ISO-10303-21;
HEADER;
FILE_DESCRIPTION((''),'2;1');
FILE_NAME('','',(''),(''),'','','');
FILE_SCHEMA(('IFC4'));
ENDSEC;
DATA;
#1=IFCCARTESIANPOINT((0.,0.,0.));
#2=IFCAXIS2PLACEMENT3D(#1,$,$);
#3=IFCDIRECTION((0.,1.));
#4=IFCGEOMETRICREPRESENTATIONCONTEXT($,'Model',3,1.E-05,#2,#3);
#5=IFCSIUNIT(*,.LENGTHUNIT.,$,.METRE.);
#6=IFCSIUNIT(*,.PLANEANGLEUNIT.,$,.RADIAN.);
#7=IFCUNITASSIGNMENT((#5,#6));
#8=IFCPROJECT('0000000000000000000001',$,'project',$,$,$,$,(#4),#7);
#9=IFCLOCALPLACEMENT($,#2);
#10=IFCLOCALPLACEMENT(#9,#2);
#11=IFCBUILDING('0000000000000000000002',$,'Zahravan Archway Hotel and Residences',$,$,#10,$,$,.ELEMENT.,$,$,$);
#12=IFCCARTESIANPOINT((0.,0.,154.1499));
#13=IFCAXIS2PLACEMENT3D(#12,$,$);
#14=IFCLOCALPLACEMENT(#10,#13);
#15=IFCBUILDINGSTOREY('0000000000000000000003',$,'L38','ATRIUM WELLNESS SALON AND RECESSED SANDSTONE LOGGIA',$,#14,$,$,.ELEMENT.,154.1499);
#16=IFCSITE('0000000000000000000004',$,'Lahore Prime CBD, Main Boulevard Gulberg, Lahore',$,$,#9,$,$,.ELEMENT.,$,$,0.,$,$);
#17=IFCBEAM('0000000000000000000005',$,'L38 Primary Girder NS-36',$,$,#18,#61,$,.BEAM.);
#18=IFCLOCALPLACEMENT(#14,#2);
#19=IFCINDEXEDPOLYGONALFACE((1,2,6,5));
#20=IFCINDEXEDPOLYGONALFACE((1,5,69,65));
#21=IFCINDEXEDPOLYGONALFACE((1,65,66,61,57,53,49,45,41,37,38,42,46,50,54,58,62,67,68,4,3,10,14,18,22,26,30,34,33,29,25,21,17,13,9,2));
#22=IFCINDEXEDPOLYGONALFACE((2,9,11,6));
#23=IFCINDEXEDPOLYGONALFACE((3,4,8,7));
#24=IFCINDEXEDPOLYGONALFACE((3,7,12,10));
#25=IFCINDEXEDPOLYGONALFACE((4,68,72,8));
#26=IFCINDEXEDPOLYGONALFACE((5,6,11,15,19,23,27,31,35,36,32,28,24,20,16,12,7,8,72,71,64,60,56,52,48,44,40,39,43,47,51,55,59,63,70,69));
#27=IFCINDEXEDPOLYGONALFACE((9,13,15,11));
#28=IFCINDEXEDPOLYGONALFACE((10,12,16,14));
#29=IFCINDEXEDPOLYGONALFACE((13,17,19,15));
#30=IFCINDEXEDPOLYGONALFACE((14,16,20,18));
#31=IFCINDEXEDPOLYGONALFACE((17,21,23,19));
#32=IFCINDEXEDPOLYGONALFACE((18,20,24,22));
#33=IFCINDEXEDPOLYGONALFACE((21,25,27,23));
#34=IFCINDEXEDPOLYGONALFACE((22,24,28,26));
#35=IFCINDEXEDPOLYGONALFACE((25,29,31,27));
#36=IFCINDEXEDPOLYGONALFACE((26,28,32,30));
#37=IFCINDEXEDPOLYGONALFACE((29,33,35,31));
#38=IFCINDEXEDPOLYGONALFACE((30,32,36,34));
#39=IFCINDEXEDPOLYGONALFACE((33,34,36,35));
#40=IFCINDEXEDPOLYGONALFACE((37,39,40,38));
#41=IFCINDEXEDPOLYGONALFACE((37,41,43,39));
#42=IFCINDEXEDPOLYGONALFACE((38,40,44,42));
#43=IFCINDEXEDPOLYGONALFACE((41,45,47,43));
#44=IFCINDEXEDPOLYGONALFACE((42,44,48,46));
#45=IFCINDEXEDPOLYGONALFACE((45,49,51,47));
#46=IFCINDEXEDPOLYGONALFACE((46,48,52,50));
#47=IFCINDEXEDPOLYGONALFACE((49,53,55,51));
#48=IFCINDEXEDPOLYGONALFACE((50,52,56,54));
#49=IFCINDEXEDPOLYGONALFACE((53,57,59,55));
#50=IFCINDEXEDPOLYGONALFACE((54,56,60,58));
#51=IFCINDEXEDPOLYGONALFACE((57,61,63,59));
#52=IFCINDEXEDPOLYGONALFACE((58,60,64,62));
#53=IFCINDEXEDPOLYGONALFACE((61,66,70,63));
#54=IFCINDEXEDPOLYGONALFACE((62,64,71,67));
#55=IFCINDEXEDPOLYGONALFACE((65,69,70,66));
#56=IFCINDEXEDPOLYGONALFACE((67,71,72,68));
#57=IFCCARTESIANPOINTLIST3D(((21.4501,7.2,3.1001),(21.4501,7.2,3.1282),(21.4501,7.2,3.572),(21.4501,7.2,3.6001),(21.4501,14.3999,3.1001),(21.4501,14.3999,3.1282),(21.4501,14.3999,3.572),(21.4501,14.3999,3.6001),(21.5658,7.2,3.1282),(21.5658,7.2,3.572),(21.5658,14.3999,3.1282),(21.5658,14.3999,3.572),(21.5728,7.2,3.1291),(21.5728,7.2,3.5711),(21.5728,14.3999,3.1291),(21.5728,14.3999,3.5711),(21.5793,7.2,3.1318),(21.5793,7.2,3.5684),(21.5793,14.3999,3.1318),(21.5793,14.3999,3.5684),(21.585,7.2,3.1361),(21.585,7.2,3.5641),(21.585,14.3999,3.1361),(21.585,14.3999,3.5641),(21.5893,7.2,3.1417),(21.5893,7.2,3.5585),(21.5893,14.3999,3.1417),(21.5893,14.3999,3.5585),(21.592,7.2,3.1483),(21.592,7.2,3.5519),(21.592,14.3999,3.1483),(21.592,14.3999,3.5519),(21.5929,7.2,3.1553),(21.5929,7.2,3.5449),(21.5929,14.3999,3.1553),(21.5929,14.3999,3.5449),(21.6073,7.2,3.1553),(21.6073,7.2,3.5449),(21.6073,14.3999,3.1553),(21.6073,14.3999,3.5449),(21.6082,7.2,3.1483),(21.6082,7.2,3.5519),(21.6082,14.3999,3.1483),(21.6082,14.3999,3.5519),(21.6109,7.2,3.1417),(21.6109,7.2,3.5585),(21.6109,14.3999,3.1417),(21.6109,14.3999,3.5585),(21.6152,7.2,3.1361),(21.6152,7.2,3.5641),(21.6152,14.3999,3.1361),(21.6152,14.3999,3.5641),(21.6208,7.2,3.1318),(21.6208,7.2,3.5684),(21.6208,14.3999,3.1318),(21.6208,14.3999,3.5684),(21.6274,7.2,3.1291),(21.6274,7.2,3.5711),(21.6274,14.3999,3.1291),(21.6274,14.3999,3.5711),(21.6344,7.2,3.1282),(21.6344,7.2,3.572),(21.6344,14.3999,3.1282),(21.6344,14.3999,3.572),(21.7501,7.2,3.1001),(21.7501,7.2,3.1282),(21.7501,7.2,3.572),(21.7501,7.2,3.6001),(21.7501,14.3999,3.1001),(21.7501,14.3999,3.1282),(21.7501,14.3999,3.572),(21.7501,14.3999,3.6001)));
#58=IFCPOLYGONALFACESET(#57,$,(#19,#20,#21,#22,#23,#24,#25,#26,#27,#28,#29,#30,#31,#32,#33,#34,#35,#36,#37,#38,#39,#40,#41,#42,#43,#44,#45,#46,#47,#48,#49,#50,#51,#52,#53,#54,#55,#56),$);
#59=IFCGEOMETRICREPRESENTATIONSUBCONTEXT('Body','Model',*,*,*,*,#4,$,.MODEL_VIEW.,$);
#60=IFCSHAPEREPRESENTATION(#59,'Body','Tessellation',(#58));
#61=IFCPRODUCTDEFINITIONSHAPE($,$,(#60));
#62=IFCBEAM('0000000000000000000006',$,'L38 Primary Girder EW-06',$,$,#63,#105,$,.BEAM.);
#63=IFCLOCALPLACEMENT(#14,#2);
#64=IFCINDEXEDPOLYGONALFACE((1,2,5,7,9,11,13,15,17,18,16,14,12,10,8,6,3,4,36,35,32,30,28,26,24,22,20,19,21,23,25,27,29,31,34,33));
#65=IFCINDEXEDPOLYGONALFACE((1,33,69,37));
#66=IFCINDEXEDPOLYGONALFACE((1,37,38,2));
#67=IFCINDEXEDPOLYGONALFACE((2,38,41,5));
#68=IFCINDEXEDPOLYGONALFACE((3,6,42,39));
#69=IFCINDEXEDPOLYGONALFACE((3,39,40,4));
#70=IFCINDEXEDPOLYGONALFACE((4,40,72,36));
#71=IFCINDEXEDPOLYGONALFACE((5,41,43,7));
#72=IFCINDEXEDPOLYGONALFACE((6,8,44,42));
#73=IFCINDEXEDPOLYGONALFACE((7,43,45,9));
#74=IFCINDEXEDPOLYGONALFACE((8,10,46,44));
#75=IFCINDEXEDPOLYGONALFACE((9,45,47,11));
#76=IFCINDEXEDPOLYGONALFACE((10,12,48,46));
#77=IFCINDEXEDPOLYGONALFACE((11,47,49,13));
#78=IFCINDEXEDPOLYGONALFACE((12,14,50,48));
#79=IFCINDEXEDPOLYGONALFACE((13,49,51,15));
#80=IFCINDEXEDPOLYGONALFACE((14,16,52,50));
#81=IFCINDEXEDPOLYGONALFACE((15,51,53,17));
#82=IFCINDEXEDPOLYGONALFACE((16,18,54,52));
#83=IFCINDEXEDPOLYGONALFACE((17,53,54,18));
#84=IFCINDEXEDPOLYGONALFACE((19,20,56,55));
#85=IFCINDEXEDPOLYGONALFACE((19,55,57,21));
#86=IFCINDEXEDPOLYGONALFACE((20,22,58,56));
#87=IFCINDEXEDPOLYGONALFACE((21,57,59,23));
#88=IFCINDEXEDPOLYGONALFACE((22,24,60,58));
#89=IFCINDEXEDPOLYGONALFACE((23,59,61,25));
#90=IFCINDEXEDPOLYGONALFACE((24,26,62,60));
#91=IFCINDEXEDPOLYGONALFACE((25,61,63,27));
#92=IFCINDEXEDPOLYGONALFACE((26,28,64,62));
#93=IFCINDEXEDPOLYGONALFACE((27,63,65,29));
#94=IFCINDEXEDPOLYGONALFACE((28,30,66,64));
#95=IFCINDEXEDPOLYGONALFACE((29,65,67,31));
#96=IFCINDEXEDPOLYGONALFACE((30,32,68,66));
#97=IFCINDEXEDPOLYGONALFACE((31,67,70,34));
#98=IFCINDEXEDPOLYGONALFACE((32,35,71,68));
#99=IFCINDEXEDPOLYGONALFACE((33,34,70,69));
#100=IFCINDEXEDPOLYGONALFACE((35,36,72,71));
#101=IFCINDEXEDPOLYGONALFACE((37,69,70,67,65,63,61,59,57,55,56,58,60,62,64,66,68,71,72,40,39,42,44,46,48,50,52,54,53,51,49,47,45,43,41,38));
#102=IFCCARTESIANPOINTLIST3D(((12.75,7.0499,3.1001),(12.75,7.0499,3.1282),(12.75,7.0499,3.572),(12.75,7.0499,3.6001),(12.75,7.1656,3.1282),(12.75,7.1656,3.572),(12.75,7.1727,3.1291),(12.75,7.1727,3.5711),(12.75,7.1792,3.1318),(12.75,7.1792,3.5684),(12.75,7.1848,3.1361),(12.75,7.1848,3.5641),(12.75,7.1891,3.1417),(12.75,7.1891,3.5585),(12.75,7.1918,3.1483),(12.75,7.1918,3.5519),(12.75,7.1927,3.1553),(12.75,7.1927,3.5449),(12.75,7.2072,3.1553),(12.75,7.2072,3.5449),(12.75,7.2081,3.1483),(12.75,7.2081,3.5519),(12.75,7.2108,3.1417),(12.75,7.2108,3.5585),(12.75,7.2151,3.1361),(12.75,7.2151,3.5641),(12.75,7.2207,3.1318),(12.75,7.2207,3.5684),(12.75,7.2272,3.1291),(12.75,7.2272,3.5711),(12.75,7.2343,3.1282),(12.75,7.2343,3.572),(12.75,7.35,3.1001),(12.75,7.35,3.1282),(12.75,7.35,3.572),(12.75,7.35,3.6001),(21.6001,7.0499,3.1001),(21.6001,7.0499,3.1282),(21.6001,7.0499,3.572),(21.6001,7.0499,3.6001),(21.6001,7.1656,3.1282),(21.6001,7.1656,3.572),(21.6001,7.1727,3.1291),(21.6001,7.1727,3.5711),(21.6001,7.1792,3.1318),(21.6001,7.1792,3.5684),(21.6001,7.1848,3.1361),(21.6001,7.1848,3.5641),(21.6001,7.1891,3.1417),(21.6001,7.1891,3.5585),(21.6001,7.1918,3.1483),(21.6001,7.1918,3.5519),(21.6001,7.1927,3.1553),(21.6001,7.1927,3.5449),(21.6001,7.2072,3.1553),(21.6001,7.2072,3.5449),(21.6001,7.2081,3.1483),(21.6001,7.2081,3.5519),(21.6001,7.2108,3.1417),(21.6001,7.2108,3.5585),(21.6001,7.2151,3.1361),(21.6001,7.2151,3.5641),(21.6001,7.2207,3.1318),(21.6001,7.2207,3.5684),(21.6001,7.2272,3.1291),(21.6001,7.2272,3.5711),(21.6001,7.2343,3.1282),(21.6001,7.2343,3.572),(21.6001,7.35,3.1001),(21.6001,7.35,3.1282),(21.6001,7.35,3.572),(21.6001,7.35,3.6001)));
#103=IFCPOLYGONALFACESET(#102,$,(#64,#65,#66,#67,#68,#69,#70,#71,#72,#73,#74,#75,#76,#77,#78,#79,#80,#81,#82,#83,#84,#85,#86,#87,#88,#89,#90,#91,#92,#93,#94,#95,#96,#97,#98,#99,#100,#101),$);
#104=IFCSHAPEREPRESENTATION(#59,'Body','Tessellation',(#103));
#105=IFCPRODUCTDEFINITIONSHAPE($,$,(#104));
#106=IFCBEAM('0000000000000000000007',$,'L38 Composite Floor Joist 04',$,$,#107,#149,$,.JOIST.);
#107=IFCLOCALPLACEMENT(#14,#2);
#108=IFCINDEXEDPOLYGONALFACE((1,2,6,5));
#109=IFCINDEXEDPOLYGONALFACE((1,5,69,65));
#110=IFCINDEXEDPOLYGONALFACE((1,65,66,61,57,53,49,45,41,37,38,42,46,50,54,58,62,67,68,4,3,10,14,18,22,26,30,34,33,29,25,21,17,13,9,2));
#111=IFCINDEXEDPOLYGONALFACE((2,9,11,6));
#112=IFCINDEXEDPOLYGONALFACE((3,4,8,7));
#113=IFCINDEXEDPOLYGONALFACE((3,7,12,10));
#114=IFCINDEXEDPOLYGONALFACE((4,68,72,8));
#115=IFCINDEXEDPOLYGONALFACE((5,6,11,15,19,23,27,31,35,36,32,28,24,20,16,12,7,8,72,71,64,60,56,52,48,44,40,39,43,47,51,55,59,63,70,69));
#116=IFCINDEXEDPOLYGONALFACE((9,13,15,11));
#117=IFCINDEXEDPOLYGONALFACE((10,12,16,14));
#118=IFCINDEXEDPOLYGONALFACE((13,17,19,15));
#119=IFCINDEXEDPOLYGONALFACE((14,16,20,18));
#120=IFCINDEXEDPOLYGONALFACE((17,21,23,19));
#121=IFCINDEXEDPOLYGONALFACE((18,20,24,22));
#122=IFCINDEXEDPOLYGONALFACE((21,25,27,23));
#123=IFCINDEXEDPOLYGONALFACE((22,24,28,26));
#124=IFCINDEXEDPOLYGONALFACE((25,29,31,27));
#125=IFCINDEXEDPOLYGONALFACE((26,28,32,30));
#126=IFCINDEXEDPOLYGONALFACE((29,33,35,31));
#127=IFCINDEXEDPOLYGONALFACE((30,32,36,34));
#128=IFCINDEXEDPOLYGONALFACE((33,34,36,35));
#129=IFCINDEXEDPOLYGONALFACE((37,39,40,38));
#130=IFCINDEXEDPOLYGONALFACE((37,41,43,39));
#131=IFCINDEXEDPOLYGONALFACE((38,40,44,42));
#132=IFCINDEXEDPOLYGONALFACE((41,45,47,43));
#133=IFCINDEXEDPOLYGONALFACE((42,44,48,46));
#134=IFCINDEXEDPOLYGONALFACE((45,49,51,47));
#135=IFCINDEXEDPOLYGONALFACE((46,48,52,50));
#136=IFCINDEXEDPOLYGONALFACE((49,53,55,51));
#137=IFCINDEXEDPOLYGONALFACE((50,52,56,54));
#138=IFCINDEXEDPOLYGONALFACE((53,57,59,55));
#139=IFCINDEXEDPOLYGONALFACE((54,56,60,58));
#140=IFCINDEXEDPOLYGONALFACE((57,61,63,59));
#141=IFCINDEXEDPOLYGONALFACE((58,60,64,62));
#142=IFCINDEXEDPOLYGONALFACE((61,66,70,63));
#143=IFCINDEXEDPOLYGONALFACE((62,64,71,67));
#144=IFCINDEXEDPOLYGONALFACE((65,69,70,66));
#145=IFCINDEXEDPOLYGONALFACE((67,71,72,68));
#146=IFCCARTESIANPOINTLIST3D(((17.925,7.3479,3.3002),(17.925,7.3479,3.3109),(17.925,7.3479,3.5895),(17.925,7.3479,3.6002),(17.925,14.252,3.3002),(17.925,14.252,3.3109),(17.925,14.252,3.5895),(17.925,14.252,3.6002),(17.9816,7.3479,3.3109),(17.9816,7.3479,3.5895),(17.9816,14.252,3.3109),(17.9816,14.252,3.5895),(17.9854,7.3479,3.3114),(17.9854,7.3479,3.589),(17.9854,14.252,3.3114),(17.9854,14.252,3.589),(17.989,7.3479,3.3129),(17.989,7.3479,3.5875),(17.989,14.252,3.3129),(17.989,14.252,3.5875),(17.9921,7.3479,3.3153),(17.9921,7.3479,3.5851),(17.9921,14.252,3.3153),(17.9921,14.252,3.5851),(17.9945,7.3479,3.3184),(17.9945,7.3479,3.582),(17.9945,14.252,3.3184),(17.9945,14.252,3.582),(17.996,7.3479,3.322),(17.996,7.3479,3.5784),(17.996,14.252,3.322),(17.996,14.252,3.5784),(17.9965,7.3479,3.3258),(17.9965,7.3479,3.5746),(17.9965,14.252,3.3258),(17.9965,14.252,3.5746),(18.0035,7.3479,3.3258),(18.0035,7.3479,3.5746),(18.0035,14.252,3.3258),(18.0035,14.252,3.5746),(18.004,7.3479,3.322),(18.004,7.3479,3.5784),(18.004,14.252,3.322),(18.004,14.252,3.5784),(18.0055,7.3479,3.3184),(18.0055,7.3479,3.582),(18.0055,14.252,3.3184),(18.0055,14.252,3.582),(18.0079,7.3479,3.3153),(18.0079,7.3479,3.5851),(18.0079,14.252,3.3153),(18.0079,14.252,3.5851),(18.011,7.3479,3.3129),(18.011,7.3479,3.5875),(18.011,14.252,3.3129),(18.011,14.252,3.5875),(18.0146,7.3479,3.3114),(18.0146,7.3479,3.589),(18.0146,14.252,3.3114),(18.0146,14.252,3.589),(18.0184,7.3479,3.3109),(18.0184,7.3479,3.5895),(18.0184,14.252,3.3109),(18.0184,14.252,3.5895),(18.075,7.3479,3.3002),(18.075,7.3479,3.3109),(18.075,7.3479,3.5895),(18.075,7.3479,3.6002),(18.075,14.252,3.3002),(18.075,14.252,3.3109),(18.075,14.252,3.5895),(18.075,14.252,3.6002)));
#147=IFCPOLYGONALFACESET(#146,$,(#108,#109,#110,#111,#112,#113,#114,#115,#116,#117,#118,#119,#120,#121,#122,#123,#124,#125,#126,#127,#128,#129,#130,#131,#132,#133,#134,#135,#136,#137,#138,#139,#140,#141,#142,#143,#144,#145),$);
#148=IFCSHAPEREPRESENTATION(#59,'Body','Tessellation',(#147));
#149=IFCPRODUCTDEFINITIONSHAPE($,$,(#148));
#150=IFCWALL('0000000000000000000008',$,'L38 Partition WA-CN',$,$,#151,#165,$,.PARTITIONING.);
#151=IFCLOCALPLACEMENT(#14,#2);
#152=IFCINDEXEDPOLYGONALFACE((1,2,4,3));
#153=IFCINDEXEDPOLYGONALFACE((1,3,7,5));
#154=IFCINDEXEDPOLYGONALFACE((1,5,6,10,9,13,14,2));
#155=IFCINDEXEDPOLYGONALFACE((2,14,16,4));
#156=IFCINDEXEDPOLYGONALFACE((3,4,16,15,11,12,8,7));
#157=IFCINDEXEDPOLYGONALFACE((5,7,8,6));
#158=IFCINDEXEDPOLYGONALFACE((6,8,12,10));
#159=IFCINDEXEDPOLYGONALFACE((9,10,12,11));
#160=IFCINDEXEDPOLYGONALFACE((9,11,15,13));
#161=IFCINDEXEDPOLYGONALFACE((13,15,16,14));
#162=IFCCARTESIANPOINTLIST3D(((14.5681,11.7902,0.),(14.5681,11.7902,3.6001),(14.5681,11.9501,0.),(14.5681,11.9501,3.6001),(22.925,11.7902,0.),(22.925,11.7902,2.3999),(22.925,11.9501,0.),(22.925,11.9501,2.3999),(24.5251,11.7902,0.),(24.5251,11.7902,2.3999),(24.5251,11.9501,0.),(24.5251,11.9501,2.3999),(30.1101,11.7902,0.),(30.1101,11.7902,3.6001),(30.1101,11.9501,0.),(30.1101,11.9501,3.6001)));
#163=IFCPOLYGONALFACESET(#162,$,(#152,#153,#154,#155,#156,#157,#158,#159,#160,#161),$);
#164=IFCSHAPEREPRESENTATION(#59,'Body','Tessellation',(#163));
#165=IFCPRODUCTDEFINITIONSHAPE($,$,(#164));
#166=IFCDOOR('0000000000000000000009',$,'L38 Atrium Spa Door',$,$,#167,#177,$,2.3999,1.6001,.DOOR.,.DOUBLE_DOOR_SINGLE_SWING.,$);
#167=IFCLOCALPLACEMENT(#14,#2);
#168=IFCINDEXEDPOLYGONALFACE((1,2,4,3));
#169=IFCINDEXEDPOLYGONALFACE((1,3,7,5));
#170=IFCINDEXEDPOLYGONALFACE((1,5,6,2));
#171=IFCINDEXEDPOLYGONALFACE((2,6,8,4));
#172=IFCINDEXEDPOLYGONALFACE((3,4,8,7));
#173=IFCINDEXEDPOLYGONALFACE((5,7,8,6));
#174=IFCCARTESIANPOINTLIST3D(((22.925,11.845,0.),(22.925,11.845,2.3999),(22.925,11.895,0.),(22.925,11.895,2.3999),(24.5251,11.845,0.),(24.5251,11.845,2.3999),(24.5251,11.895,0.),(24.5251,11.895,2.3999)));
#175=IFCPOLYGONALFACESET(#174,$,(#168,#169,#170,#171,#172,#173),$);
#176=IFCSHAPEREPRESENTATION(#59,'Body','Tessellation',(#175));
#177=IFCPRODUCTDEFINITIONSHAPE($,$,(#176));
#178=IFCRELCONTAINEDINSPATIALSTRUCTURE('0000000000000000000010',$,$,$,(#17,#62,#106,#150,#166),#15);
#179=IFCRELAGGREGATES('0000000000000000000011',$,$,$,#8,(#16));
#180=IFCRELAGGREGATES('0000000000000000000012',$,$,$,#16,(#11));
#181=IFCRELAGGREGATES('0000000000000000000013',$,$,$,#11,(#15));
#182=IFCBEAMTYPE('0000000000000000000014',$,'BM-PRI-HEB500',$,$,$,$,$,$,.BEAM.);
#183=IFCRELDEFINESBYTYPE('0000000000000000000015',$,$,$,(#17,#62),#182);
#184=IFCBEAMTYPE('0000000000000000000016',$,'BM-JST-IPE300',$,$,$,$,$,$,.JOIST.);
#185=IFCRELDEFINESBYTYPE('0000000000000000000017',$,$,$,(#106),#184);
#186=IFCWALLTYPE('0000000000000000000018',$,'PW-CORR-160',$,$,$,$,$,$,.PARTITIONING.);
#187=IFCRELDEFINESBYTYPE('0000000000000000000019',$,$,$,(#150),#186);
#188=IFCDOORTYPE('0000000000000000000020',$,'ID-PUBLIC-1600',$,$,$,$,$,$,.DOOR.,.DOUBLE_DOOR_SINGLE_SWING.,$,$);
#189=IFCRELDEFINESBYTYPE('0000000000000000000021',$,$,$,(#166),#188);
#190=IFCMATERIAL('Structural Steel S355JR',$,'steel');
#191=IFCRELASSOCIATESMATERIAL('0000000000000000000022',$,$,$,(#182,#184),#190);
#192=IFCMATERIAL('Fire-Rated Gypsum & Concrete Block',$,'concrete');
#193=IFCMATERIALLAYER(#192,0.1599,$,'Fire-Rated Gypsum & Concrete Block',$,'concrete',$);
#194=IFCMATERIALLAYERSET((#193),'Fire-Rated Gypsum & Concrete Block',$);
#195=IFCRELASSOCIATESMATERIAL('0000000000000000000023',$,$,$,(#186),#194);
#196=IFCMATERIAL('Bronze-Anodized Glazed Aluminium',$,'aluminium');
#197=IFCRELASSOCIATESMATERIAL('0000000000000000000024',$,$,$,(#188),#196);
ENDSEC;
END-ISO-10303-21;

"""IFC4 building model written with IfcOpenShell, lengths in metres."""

from ifc_helpers import new_model, si_unit, direction, frame, frame_2d, origin, origin_2d, place, context, subcontext, project, spatial, rectangle, i_section, extrude, source, transform, mapped, material, layer, layer_set, material_profile, profile_set, type_object, type_shapes, element, fill, save


model = new_model("IFC4")

# Units and contexts
model_context = context("Model", 3, precision=1e-05, world=origin(), true_north=direction((0.0, 1.0)))
body_context = subcontext(model_context, "Body", "Model", "MODEL_VIEW")
ifc_project = project(units=[si_unit("LENGTHUNIT", "METRE"), si_unit("PLANEANGLEUNIT", "RADIAN")], contexts=[model_context])

# Site, building, storey
site_placement = place(None, origin())
site = spatial("IfcSite", under=ifc_project, at=site_placement, Name="Lahore Prime CBD, Main Boulevard Gulberg, Lahore", CompositionType="ELEMENT", RefElevation=0.0)
building_placement = place(site_placement, origin())
building = spatial("IfcBuilding", under=site, at=building_placement, Name="Zahravan Archway Hotel and Residences", CompositionType="ELEMENT")
storey_placement = place(building_placement, frame((0.0, 0.0, 154.1499)))
storey = spatial("IfcBuildingStorey", under=building, at=storey_placement, Name="L38", Description="ATRIUM WELLNESS SALON AND RECESSED SANDSTONE LOGGIA", CompositionType="ELEMENT", Elevation=154.1499)

# Beams
ifc_material_1 = material(Name="Structural Steel S355JR", Category="steel")
ifc_material_profile_1 = material_profile(ifc_material_1, i_section(OverallWidth=0.3, OverallDepth=0.5, WebThickness=0.0144, FlangeThickness=0.0281, FilletRadius=0.0271, at=origin_2d()), Name="HEB 500", Category="steel")
ifc_profile_set_1 = profile_set([ifc_material_profile_1], Name="Structural Steel S355JR")
beam_type_1 = type_object("IfcBeamType", Name="BM-PRI-HEB500", PredefinedType="BEAM", material=ifc_profile_set_1)
shared_shape_1 = source(origin(), body_context, "Body", "SweptSolid", [
    extrude(i_section(OverallWidth=0.3, OverallDepth=0.5, WebThickness=0.0144, FlangeThickness=0.0281, FilletRadius=0.0271, at=origin_2d()), origin(), (0.0, 0.0, 1.0), 7.2),
])
for number, where, z_axis, x_axis, name in (
    (1, (21.6001, 7.2, 3.3501), (0.0, 1.0, 0.0), (-1.0, 0.0, 0.0), "L38 Primary Girder NS-36"),
):
    element("IfcBeam", number, at=place(storey_placement, frame(where, z_axis=z_axis, x_axis=x_axis)), inside=storey, type_object=beam_type_1, Name=name, PredefinedType="BEAM", context=body_context, shape_type="MappedRepresentation", body=[
        mapped(shared_shape_1, transform((0.0, 0.0, 0.0), scale=1.0)),
    ])
shared_shape_2 = source(origin(), body_context, "Body", "SweptSolid", [
    extrude(i_section(OverallWidth=0.3, OverallDepth=0.5, WebThickness=0.0144, FlangeThickness=0.0281, FilletRadius=0.0271, at=origin_2d()), origin(), (0.0, 0.0, 1.0), 8.8501),
])
beam_1_placement = place(storey_placement, frame((12.75, 7.2, 3.3501), z_axis=(1.0, 0.0, 0.0), x_axis=(0.0, 1.0, 0.0)))
element("IfcBeam", 2, at=beam_1_placement, inside=storey, type_object=beam_type_1, Name="L38 Primary Girder EW-06", PredefinedType="BEAM", context=body_context, shape_type="MappedRepresentation", body=[
    mapped(shared_shape_2, transform((0.0, 0.0, 0.0), scale=1.0)),
])
ifc_material_profile_2 = material_profile(ifc_material_1, i_section(OverallWidth=0.1499, OverallDepth=0.3, WebThickness=0.0071, FlangeThickness=0.0107, FilletRadius=0.0149, at=origin_2d()), Name="IPE 300", Category="steel")
ifc_profile_set_2 = profile_set([ifc_material_profile_2], Name="Structural Steel S355JR")
beam_type_2 = type_object("IfcBeamType", Name="BM-JST-IPE300", PredefinedType="JOIST", material=ifc_profile_set_2)
shared_shape_3 = source(origin(), body_context, "Body", "SweptSolid", [
    extrude(i_section(OverallWidth=0.1499, OverallDepth=0.3, WebThickness=0.0071, FlangeThickness=0.0107, FilletRadius=0.0149, at=origin_2d()), origin(), (0.0, 0.0, 1.0), 6.9041),
])
type_shapes(beam_type_2, [shared_shape_3])
beam_2_placement = place(storey_placement, frame((18.0, 7.3479, 3.4502), z_axis=(0.0, 1.0, 0.0), x_axis=(-1.0, 0.0, 0.0)))
element("IfcBeam", 3, at=beam_2_placement, inside=storey, type_object=beam_type_2, Name="L38 Composite Floor Joist 04", PredefinedType="JOIST", context=body_context, shape_type="MappedRepresentation", body=[
    mapped(shared_shape_3, transform((0.0, 0.0, 0.0), scale=1.0)),
])

# Wall, opening, door
ifc_material_2 = material(Name="Fire-Rated Gypsum & Concrete Block", Category="concrete")
ifc_layer_1 = layer(ifc_material_2, 0.1599, Name="Fire-Rated Gypsum & Concrete Block", Category="concrete")
ifc_layer_set_1 = layer_set([ifc_layer_1], Name="Fire-Rated Gypsum & Concrete Block")
wall_type_1 = type_object("IfcWallType", Name="PW-CORR-160", PredefinedType="PARTITIONING", material=ifc_layer_set_1)
wall_1_placement = place(storey_placement, frame((14.5681, 11.8701, 0.0), z_axis=(0.0, 0.0, 1.0), x_axis=(1.0, 0.0, 0.0)))
wall_1 = element("IfcWall", 4, at=wall_1_placement, inside=storey, type_object=wall_type_1, Name="L38 Partition WA-CN", PredefinedType="PARTITIONING", context=body_context, shape_type="SweptSolid", body=[
    extrude(rectangle(XDim=15.542, YDim=0.1599, at=frame_2d((7.771, 0.0))), origin(), (0.0, 0.0, 1.0), 3.6001),
])
opening_1_placement = place(wall_1_placement, frame((8.3569, 0.0, 0.0)))
opening_1 = element("IfcOpeningElement", 5, at=opening_1_placement, cuts=wall_1, PredefinedType="OPENING", context=body_context, shape_type="SweptSolid", body=[
    extrude(rectangle(XDim=1.6001, YDim=2.3999, at=frame_2d((0.8, 1.2))), frame((0.0, 0.0898, 0.0), z_axis=(0.0, -1.0, 0.0), x_axis=(1.0, 0.0, 0.0)), (0.0, 0.0, 1.0), 0.1799),
])
ifc_material_3 = material(Name="Bronze-Anodized Glazed Aluminium", Category="aluminium")
door_type_1 = type_object("IfcDoorType", Name="ID-PUBLIC-1600", OperationType="DOUBLE_DOOR_SINGLE_SWING", PredefinedType="DOOR", material=ifc_material_3)
shared_shape_4 = source(origin(), body_context, "Body", "SweptSolid", [
    extrude(rectangle(XDim=1.6001, YDim=2.3999, at=frame_2d((0.8, 1.2))), frame((0.0, 0.0249, 0.0), z_axis=(0.0, -1.0, 0.0), x_axis=(1.0, 0.0, 0.0)), (0.0, 0.0, 1.0), 0.05),
])
type_shapes(door_type_1, [shared_shape_4])
door_1_placement = place(opening_1_placement, origin())
door_1 = element("IfcDoor", 6, at=door_1_placement, inside=storey, type_object=door_type_1, Name="L38 Atrium Spa Door", OperationType="DOUBLE_DOOR_SINGLE_SWING", OverallHeight=2.3999, OverallWidth=1.6001, PredefinedType="DOOR", context=body_context, shape_type="MappedRepresentation", body=[
    mapped(shared_shape_4, transform((0.0, 0.0, 0.0), scale=1.0)),
])
fill(opening_1, door_1)

save(model, "model.ifc")
